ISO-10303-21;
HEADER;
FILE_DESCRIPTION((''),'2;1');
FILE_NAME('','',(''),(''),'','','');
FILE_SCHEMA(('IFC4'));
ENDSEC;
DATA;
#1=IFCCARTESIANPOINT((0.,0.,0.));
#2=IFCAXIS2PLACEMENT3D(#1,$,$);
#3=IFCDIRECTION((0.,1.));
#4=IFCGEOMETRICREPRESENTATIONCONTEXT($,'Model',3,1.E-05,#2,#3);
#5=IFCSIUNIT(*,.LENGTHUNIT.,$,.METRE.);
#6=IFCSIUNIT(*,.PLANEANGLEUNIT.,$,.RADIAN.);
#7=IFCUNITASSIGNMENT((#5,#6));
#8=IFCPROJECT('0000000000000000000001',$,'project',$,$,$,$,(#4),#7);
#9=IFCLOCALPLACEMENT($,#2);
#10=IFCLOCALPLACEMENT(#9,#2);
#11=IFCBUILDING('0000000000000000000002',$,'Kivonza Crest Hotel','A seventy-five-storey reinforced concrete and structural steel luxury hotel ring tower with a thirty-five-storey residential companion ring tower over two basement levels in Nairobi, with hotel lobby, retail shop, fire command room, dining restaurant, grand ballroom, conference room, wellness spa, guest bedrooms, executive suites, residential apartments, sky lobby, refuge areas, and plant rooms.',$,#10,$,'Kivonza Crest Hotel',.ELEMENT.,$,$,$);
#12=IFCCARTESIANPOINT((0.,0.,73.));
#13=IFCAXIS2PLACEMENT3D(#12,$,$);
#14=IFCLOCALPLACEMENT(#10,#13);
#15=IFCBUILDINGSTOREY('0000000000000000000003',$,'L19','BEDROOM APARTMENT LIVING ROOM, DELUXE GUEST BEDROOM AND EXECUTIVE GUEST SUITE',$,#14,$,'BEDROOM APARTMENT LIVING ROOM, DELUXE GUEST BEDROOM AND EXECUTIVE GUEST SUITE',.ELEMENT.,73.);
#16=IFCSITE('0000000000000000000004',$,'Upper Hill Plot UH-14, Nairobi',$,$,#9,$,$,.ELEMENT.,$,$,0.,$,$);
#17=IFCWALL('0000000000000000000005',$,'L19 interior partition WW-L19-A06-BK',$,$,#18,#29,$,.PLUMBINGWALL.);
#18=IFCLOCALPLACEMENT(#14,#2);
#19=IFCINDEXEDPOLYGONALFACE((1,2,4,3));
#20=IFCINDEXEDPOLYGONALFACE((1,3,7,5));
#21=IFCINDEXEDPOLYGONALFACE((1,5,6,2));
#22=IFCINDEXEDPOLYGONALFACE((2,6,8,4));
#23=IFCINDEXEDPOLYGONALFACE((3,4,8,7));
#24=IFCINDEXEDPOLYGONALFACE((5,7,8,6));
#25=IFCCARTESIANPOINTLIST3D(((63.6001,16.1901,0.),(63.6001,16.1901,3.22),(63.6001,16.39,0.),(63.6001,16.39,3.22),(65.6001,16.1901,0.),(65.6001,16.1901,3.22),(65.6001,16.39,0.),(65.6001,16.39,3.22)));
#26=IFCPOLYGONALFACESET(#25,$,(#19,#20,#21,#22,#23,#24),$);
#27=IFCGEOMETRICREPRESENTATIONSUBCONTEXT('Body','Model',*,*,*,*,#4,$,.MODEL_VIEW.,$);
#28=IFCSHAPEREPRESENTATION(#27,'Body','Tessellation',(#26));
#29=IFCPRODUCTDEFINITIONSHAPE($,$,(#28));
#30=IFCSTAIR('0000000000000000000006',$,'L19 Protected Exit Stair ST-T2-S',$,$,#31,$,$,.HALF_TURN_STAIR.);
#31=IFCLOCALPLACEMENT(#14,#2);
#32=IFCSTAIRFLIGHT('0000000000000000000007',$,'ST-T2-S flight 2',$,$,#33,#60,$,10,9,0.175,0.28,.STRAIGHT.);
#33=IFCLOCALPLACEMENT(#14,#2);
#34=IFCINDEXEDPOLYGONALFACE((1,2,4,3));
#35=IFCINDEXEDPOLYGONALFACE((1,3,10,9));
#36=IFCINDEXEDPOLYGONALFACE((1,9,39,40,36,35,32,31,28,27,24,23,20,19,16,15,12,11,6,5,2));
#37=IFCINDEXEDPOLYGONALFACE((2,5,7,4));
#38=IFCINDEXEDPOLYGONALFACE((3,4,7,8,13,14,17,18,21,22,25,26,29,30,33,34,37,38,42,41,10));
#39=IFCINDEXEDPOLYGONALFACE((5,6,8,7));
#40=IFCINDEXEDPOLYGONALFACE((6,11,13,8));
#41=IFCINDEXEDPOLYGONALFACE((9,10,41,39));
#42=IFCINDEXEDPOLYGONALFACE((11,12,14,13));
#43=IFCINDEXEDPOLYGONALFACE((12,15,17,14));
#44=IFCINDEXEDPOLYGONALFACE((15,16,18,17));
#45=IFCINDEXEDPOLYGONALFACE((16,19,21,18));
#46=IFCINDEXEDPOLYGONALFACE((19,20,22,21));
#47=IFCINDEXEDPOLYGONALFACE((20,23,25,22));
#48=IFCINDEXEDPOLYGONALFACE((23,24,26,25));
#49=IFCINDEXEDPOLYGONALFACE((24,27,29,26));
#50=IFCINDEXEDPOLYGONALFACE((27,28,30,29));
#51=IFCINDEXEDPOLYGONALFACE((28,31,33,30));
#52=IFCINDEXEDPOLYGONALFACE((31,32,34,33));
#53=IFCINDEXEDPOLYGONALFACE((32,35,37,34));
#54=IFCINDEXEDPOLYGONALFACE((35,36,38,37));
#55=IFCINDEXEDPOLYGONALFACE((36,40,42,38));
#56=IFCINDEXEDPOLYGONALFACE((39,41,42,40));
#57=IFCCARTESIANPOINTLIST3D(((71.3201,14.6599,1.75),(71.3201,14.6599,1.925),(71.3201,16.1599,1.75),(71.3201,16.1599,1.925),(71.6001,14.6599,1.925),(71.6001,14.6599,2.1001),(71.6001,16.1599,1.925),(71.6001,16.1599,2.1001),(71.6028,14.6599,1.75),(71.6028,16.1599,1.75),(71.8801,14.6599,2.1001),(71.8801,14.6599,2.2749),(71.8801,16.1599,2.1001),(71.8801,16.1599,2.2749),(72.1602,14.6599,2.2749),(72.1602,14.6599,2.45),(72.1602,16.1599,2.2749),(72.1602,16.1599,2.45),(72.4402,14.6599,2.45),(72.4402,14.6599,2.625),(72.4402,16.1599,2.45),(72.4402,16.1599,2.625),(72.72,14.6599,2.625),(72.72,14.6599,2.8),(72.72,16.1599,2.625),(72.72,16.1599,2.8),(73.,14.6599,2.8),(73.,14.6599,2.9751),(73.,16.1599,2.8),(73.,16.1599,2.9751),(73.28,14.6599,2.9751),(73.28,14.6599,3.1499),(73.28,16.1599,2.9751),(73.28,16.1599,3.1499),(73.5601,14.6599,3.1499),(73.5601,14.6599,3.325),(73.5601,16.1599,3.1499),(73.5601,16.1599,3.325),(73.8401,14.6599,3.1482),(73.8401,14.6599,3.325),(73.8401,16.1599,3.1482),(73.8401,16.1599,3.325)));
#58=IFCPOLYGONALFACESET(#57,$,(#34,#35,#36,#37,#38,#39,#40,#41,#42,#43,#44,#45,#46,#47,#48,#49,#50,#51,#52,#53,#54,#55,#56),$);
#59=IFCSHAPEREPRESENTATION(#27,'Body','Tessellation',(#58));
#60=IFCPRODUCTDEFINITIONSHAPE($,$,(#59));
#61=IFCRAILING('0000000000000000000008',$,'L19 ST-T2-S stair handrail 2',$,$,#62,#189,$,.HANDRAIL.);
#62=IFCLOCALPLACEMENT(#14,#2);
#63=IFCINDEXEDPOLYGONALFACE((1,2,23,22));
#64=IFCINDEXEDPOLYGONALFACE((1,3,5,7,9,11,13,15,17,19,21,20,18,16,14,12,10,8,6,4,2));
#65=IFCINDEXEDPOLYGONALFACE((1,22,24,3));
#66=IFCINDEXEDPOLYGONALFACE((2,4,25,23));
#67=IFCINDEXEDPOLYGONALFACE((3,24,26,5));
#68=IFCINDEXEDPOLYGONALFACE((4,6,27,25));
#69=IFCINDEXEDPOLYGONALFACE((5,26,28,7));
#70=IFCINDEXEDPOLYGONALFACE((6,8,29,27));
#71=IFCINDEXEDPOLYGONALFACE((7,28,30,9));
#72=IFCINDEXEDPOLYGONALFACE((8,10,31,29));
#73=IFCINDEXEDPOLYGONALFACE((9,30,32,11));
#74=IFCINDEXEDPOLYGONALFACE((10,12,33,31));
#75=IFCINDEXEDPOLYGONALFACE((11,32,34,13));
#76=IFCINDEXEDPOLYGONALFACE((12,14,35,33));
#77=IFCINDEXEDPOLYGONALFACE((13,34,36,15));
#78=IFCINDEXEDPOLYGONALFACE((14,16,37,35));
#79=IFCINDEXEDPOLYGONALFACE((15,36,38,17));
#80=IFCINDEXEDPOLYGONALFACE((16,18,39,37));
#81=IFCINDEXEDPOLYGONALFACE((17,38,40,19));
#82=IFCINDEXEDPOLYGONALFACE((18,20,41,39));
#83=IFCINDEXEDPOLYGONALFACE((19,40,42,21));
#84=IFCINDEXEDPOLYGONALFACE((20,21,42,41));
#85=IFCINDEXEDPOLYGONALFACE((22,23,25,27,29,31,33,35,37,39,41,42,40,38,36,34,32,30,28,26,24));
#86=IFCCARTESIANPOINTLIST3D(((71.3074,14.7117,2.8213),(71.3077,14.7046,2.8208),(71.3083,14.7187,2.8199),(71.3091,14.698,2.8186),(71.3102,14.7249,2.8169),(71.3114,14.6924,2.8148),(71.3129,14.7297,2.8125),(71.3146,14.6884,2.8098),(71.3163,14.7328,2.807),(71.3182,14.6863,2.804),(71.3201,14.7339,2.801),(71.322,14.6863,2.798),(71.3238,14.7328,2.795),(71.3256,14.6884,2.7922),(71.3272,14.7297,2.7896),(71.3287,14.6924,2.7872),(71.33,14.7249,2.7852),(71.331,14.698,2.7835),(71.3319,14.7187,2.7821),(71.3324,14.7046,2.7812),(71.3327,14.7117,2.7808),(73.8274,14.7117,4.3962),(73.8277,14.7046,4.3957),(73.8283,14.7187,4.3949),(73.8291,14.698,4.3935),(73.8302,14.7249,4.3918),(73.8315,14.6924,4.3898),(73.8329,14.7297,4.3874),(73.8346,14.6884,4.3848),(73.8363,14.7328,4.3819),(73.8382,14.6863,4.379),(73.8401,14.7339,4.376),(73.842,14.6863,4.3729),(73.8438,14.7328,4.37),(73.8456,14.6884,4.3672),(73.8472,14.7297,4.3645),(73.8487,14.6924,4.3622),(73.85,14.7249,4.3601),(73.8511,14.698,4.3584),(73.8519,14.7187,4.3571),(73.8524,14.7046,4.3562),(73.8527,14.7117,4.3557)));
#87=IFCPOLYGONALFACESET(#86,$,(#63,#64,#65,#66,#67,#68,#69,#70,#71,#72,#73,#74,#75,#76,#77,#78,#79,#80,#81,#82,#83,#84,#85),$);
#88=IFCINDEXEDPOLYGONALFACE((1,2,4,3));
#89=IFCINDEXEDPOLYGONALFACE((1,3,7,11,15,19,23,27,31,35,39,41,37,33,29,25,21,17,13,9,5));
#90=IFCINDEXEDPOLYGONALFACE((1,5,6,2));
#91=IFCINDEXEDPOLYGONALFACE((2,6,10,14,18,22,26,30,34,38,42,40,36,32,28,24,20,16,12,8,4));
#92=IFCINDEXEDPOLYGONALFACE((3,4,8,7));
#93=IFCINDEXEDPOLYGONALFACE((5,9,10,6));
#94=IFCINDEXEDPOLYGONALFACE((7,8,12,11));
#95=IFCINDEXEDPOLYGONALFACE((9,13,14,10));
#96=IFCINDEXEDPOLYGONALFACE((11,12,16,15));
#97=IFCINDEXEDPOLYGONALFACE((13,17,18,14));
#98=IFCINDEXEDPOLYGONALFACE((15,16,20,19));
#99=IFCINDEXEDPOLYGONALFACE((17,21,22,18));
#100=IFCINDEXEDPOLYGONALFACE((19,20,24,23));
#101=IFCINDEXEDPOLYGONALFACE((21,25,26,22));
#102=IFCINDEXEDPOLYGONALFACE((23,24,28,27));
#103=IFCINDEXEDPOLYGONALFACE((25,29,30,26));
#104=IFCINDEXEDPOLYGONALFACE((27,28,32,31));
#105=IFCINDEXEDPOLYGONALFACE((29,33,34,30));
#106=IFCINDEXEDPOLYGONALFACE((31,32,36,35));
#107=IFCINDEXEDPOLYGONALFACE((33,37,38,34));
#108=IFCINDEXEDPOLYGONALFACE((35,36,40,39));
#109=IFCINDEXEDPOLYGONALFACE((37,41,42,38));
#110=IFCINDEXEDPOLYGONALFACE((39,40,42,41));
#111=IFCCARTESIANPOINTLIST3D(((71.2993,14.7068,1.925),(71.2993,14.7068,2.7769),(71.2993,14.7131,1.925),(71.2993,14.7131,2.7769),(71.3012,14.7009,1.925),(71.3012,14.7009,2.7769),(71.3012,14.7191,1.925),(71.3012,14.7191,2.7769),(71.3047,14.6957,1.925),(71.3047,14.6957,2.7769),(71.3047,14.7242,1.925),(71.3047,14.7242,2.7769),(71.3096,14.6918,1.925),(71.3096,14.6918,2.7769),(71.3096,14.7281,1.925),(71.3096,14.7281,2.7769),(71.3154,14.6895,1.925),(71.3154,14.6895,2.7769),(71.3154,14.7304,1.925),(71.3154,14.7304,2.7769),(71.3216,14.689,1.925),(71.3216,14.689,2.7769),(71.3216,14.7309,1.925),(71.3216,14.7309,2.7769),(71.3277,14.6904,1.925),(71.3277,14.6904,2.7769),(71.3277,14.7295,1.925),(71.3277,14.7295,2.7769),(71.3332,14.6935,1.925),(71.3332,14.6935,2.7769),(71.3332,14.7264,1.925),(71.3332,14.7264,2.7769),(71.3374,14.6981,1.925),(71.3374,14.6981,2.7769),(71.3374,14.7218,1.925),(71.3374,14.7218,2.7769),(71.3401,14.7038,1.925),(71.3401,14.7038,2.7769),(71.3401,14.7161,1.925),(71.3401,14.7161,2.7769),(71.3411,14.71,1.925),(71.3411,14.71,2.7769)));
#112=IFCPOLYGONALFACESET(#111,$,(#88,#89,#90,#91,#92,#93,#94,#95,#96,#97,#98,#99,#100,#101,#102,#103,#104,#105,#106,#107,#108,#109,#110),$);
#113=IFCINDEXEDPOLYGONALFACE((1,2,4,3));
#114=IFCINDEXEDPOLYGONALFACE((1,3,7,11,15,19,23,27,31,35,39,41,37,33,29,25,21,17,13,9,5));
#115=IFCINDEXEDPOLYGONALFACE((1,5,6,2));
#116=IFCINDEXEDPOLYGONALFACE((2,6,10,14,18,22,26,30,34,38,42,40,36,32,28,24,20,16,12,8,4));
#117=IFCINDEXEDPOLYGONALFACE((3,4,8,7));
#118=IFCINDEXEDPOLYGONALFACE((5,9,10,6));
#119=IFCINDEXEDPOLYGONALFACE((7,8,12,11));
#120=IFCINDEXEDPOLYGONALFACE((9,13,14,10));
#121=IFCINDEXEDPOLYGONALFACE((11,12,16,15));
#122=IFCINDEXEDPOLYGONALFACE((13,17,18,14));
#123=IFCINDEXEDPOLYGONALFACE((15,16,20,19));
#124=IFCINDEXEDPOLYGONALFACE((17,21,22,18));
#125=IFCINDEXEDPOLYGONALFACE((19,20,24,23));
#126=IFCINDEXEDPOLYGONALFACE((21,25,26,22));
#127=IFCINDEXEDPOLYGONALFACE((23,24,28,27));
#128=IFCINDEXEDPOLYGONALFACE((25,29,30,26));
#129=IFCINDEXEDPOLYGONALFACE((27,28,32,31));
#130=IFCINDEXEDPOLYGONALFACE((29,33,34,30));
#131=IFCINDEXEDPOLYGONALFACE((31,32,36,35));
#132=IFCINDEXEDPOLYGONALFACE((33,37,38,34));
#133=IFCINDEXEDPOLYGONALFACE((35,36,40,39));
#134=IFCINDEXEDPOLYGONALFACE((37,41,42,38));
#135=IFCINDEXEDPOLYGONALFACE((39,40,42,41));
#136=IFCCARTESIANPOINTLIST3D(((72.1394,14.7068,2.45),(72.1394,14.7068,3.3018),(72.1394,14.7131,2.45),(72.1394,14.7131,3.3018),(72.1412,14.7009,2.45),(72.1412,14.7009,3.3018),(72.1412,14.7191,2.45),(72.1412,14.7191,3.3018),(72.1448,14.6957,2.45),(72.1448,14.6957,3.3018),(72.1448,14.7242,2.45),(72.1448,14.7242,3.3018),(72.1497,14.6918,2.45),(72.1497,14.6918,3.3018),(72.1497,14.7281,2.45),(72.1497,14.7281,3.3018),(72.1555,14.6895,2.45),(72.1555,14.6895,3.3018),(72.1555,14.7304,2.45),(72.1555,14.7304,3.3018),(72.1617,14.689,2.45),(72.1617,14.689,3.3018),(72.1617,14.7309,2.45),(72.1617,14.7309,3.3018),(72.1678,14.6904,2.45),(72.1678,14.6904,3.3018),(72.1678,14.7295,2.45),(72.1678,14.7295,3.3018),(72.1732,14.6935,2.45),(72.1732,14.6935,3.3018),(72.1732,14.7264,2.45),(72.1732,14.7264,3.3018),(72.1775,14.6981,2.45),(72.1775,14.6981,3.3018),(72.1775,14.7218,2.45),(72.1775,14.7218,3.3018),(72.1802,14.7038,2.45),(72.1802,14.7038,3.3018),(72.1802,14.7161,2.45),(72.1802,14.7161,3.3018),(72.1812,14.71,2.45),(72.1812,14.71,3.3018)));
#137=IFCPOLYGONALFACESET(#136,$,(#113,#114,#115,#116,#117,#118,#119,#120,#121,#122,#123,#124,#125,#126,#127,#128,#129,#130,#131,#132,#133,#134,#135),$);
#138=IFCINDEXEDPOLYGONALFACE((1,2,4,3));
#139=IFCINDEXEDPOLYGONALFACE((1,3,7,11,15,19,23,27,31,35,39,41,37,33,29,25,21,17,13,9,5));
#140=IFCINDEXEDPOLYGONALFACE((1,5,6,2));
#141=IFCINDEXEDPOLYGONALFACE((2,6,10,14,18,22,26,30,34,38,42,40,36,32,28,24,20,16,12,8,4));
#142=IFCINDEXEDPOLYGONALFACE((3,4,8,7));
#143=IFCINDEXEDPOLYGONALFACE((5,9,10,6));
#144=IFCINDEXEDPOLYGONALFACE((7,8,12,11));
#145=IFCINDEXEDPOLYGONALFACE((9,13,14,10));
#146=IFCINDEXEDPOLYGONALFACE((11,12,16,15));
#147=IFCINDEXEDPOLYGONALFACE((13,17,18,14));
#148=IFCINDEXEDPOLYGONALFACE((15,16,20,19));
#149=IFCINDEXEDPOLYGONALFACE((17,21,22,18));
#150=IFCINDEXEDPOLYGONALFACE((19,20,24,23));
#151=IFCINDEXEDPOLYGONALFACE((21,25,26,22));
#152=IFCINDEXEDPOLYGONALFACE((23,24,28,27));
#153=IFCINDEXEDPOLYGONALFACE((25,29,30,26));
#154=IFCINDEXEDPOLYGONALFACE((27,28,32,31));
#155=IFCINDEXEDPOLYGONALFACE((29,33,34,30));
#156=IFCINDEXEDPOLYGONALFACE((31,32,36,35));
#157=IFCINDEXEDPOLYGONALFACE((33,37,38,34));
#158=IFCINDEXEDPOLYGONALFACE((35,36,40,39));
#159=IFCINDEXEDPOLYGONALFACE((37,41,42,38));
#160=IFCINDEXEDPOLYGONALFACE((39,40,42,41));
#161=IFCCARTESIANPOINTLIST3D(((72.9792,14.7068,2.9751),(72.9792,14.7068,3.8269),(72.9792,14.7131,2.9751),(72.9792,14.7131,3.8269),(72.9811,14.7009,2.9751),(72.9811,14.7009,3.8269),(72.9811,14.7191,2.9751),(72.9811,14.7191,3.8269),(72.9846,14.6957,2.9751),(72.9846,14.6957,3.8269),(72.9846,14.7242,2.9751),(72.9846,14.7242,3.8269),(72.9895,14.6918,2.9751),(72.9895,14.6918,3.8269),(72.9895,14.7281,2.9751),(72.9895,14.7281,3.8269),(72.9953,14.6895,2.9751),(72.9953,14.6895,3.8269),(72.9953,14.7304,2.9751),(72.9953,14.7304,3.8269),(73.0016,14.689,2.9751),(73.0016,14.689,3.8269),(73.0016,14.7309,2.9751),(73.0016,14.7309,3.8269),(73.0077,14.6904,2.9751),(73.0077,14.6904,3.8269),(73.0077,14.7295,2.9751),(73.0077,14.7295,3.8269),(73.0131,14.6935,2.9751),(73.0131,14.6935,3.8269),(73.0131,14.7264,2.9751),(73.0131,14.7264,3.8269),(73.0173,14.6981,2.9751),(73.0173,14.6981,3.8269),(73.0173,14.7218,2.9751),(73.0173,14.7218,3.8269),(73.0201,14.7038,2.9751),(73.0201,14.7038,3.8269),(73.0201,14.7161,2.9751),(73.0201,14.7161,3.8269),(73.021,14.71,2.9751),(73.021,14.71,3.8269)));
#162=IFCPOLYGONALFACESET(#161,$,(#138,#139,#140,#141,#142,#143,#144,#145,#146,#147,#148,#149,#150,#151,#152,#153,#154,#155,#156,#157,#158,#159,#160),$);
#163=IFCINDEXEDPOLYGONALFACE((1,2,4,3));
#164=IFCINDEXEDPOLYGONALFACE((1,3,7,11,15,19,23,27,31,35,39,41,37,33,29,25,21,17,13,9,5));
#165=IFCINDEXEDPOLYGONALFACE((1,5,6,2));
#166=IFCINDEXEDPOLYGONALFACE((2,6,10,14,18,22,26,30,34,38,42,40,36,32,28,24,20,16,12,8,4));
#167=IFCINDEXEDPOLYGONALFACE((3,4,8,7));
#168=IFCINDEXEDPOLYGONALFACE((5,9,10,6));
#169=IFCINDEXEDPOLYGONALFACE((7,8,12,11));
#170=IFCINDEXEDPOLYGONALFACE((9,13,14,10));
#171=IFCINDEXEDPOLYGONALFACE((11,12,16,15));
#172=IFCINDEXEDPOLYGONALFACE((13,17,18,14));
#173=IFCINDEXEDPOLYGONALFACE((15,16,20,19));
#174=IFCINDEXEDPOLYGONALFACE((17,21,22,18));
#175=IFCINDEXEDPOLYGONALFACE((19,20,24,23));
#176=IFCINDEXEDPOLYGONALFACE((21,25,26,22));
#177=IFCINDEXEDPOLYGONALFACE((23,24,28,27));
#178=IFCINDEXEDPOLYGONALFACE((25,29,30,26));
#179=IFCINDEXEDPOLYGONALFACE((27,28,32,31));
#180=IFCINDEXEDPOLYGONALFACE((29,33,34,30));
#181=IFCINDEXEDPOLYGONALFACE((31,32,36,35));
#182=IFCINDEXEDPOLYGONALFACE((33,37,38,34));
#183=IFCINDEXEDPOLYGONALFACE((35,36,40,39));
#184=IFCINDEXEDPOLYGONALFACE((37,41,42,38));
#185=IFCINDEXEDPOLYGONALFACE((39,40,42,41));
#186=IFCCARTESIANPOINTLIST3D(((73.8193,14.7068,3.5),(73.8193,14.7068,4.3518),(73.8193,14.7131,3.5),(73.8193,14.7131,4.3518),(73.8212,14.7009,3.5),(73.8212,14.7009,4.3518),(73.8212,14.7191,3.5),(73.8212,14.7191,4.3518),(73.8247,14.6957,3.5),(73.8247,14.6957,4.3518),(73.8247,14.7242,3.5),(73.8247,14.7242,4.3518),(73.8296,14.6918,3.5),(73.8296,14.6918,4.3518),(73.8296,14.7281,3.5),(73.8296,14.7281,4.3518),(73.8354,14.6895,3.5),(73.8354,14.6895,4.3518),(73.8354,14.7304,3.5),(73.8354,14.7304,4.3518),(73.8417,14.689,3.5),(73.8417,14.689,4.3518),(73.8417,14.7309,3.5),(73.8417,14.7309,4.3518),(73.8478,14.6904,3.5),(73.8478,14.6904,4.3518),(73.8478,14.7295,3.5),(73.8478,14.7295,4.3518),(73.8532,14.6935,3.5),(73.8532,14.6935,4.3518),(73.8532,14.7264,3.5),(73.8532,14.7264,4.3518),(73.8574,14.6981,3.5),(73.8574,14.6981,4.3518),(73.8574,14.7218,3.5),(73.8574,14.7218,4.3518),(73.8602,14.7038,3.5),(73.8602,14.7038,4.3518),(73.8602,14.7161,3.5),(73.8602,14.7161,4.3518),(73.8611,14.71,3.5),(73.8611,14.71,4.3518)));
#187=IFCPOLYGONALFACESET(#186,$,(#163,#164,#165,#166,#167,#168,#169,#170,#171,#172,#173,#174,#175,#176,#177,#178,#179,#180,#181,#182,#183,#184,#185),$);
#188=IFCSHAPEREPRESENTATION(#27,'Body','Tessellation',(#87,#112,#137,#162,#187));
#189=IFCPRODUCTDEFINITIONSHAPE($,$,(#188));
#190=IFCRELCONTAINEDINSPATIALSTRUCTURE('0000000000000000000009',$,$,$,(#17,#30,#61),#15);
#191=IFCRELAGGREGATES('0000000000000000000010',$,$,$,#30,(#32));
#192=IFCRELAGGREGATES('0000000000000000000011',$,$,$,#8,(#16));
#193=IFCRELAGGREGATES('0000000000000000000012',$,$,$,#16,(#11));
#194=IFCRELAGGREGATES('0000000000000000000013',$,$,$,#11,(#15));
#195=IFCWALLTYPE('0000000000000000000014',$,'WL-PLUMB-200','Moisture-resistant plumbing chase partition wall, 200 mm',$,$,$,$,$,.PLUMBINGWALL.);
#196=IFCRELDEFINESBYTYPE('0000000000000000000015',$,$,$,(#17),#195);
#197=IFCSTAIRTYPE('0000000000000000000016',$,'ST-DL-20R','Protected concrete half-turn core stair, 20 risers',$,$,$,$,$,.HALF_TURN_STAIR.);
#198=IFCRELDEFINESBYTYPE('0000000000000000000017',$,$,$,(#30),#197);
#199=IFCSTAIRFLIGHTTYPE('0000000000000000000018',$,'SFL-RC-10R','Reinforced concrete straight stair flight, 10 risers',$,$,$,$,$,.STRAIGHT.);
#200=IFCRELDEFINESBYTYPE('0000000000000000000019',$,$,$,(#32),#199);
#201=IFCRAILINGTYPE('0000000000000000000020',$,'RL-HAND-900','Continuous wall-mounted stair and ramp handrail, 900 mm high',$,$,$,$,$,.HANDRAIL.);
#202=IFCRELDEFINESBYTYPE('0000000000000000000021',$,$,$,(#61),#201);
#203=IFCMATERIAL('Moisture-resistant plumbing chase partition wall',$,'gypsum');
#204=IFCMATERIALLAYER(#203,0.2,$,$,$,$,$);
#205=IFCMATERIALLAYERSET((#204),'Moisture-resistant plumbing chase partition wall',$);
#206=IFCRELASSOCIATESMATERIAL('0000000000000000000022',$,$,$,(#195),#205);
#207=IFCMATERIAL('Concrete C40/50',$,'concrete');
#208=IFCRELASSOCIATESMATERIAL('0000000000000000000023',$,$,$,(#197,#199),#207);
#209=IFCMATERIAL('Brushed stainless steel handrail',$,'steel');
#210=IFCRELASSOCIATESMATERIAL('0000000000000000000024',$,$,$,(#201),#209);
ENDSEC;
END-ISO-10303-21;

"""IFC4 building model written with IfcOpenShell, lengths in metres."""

from ifc_helpers import new_model, si_unit, direction, frame, frame_2d, origin, origin_2d, place, context, subcontext, project, spatial, polyline, rectangle, circle, outline, extrude, material, layer, layer_set, type_object, element, aggregate, save


model = new_model("IFC4")

# Units and contexts
model_context = context("Model", 3, precision=1e-05, world=origin(), true_north=direction((0.0, 1.0)))
body_context = subcontext(model_context, "Body", "Model", "MODEL_VIEW")
ifc_project = project(units=[si_unit("LENGTHUNIT", "METRE"), si_unit("PLANEANGLEUNIT", "RADIAN")], contexts=[model_context])

# Site, building, storey
site_placement = place(None, origin())
site = spatial("IfcSite", under=ifc_project, at=site_placement, Name="Upper Hill Plot UH-14, Nairobi", CompositionType="ELEMENT", RefElevation=0.0)
building_placement = place(site_placement, origin())
building = spatial("IfcBuilding", under=site, at=building_placement, Name="Kivonza Crest Hotel", Description="A seventy-five-storey reinforced concrete and structural steel luxury hotel ring tower with a thirty-five-storey residential companion ring tower over two basement levels in Nairobi, with hotel lobby, retail shop, fire command room, dining restaurant, grand ballroom, conference room, wellness spa, guest bedrooms, executive suites, residential apartments, sky lobby, refuge areas, and plant rooms.", LongName="Kivonza Crest Hotel", CompositionType="ELEMENT")
storey_placement = place(building_placement, frame((0.0, 0.0, 73.0)))
storey = spatial("IfcBuildingStorey", under=building, at=storey_placement, Name="L19", Description="BEDROOM APARTMENT LIVING ROOM, DELUXE GUEST BEDROOM AND EXECUTIVE GUEST SUITE", LongName="BEDROOM APARTMENT LIVING ROOM, DELUXE GUEST BEDROOM AND EXECUTIVE GUEST SUITE", CompositionType="ELEMENT", Elevation=73.0)

# Wall
ifc_material_1 = material(Name="Moisture-resistant plumbing chase partition wall", Category="gypsum")
ifc_layer_1 = layer(ifc_material_1, 0.2)
ifc_layer_set_1 = layer_set([ifc_layer_1], Name="Moisture-resistant plumbing chase partition wall")
wall_type_1 = type_object("IfcWallType", Name="WL-PLUMB-200", Description="Moisture-resistant plumbing chase partition wall, 200 mm", PredefinedType="PLUMBINGWALL", material=ifc_layer_set_1)
wall_1_placement = place(storey_placement, frame((63.6001, 16.29, 0.0), z_axis=(0.0, 0.0, 1.0), x_axis=(1.0, 0.0, 0.0)))
element("IfcWall", 1, at=wall_1_placement, inside=storey, type_object=wall_type_1, Name="L19 interior partition WW-L19-A06-BK", PredefinedType="PLUMBINGWALL", context=body_context, shape_type="SweptSolid", body=[
    extrude(rectangle(XDim=2.0, YDim=0.2, at=frame_2d((1.0, 0.0))), origin(), (0.0, 0.0, 1.0), 3.22),
])

# Stair, stair flight
ifc_material_2 = material(Name="Concrete C40/50", Category="concrete")
stair_type = type_object("IfcStairType", Name="ST-DL-20R", Description="Protected concrete half-turn core stair, 20 risers", PredefinedType="HALF_TURN_STAIR", material=ifc_material_2)
stair_placement = place(storey_placement, origin())
stair = element("IfcStair", 2, at=stair_placement, inside=storey, type_object=stair_type, Name="L19 Protected Exit Stair ST-T2-S", PredefinedType="HALF_TURN_STAIR")
stair_flight_type = type_object("IfcStairFlightType", Name="SFL-RC-10R", Description="Reinforced concrete straight stair flight, 10 risers", PredefinedType="STRAIGHT", material=ifc_material_2)
stair_flight_placement = place(storey_placement, frame((71.3201, 15.4099, 1.75), z_axis=(0.0, 0.0, 1.0), x_axis=(1.0, 0.0, 0.0)))
stair_flight = element("IfcStairFlight", 3, at=stair_flight_placement, type_object=stair_flight_type, Name="ST-T2-S flight 2", NumberOfRisers=10, NumberOfTreads=9, PredefinedType="STRAIGHT", RiserHeight=0.175, TreadLength=0.28, context=body_context, shape_type="SweptSolid", body=[
    extrude(outline(polyline([(0.0, 0.0), (0.0, 0.175), (0.28, 0.175), (0.28, 0.3501), (0.5601, 0.3501), (0.5601, 0.5249), (0.8401, 0.5249), (0.8401, 0.7), (1.1201, 0.7), (1.1201, 0.875), (1.3999, 0.875), (1.3999, 1.05), (1.6799, 1.05), (1.6799, 1.2251), (1.96, 1.2251), (1.96, 1.3999), (2.24, 1.3999), (2.24, 1.575), (2.52, 1.575), (2.52, 1.75), (2.52, 1.3982), (0.2827, 0.0), (0.0, 0.0)])), frame((0.0, 0.75, 0.0), z_axis=(0.0, -1.0, 0.0), x_axis=(1.0, 0.0, 0.0)), (0.0, 0.0, 1.0), 1.5),
])
aggregate(stair, [stair_flight])

# Railing
ifc_material_3 = material(Name="Brushed stainless steel handrail", Category="steel")
railing_type_1 = type_object("IfcRailingType", Name="RL-HAND-900", Description="Continuous wall-mounted stair and ramp handrail, 900 mm high", PredefinedType="HANDRAIL", material=ifc_material_3)
railing_1_placement = place(storey_placement, frame((71.3201, 14.71, 1.925)))
element("IfcRailing", 4, at=railing_1_placement, inside=storey, type_object=railing_type_1, Name="L19 ST-T2-S stair handrail 2", PredefinedType="HANDRAIL", context=body_context, shape_type="SweptSolid", body=[
    extrude(circle(Radius=0.0239, at=origin_2d()), frame((0.0, 0.0, 0.876), z_axis=(0.848008, 0.0, 0.529984), x_axis=(0.0, 1.0, 0.0)), (0.0, 0.0, 1.0), 2.9717),
    extrude(circle(Radius=0.021, at=origin_2d()), origin(), (0.0, 0.0, 1.0), 0.8518),
    extrude(circle(Radius=0.021, at=origin_2d()), frame((0.8401, 0.0, 0.5249)), (0.0, 0.0, 1.0), 0.8518),
    extrude(circle(Radius=0.021, at=origin_2d()), frame((1.6799, 0.0, 1.05)), (0.0, 0.0, 1.0), 0.8518),
    extrude(circle(Radius=0.021, at=origin_2d()), frame((2.52, 0.0, 1.575)), (0.0, 0.0, 1.0), 0.8518),
])

save(model, "model.ifc")
